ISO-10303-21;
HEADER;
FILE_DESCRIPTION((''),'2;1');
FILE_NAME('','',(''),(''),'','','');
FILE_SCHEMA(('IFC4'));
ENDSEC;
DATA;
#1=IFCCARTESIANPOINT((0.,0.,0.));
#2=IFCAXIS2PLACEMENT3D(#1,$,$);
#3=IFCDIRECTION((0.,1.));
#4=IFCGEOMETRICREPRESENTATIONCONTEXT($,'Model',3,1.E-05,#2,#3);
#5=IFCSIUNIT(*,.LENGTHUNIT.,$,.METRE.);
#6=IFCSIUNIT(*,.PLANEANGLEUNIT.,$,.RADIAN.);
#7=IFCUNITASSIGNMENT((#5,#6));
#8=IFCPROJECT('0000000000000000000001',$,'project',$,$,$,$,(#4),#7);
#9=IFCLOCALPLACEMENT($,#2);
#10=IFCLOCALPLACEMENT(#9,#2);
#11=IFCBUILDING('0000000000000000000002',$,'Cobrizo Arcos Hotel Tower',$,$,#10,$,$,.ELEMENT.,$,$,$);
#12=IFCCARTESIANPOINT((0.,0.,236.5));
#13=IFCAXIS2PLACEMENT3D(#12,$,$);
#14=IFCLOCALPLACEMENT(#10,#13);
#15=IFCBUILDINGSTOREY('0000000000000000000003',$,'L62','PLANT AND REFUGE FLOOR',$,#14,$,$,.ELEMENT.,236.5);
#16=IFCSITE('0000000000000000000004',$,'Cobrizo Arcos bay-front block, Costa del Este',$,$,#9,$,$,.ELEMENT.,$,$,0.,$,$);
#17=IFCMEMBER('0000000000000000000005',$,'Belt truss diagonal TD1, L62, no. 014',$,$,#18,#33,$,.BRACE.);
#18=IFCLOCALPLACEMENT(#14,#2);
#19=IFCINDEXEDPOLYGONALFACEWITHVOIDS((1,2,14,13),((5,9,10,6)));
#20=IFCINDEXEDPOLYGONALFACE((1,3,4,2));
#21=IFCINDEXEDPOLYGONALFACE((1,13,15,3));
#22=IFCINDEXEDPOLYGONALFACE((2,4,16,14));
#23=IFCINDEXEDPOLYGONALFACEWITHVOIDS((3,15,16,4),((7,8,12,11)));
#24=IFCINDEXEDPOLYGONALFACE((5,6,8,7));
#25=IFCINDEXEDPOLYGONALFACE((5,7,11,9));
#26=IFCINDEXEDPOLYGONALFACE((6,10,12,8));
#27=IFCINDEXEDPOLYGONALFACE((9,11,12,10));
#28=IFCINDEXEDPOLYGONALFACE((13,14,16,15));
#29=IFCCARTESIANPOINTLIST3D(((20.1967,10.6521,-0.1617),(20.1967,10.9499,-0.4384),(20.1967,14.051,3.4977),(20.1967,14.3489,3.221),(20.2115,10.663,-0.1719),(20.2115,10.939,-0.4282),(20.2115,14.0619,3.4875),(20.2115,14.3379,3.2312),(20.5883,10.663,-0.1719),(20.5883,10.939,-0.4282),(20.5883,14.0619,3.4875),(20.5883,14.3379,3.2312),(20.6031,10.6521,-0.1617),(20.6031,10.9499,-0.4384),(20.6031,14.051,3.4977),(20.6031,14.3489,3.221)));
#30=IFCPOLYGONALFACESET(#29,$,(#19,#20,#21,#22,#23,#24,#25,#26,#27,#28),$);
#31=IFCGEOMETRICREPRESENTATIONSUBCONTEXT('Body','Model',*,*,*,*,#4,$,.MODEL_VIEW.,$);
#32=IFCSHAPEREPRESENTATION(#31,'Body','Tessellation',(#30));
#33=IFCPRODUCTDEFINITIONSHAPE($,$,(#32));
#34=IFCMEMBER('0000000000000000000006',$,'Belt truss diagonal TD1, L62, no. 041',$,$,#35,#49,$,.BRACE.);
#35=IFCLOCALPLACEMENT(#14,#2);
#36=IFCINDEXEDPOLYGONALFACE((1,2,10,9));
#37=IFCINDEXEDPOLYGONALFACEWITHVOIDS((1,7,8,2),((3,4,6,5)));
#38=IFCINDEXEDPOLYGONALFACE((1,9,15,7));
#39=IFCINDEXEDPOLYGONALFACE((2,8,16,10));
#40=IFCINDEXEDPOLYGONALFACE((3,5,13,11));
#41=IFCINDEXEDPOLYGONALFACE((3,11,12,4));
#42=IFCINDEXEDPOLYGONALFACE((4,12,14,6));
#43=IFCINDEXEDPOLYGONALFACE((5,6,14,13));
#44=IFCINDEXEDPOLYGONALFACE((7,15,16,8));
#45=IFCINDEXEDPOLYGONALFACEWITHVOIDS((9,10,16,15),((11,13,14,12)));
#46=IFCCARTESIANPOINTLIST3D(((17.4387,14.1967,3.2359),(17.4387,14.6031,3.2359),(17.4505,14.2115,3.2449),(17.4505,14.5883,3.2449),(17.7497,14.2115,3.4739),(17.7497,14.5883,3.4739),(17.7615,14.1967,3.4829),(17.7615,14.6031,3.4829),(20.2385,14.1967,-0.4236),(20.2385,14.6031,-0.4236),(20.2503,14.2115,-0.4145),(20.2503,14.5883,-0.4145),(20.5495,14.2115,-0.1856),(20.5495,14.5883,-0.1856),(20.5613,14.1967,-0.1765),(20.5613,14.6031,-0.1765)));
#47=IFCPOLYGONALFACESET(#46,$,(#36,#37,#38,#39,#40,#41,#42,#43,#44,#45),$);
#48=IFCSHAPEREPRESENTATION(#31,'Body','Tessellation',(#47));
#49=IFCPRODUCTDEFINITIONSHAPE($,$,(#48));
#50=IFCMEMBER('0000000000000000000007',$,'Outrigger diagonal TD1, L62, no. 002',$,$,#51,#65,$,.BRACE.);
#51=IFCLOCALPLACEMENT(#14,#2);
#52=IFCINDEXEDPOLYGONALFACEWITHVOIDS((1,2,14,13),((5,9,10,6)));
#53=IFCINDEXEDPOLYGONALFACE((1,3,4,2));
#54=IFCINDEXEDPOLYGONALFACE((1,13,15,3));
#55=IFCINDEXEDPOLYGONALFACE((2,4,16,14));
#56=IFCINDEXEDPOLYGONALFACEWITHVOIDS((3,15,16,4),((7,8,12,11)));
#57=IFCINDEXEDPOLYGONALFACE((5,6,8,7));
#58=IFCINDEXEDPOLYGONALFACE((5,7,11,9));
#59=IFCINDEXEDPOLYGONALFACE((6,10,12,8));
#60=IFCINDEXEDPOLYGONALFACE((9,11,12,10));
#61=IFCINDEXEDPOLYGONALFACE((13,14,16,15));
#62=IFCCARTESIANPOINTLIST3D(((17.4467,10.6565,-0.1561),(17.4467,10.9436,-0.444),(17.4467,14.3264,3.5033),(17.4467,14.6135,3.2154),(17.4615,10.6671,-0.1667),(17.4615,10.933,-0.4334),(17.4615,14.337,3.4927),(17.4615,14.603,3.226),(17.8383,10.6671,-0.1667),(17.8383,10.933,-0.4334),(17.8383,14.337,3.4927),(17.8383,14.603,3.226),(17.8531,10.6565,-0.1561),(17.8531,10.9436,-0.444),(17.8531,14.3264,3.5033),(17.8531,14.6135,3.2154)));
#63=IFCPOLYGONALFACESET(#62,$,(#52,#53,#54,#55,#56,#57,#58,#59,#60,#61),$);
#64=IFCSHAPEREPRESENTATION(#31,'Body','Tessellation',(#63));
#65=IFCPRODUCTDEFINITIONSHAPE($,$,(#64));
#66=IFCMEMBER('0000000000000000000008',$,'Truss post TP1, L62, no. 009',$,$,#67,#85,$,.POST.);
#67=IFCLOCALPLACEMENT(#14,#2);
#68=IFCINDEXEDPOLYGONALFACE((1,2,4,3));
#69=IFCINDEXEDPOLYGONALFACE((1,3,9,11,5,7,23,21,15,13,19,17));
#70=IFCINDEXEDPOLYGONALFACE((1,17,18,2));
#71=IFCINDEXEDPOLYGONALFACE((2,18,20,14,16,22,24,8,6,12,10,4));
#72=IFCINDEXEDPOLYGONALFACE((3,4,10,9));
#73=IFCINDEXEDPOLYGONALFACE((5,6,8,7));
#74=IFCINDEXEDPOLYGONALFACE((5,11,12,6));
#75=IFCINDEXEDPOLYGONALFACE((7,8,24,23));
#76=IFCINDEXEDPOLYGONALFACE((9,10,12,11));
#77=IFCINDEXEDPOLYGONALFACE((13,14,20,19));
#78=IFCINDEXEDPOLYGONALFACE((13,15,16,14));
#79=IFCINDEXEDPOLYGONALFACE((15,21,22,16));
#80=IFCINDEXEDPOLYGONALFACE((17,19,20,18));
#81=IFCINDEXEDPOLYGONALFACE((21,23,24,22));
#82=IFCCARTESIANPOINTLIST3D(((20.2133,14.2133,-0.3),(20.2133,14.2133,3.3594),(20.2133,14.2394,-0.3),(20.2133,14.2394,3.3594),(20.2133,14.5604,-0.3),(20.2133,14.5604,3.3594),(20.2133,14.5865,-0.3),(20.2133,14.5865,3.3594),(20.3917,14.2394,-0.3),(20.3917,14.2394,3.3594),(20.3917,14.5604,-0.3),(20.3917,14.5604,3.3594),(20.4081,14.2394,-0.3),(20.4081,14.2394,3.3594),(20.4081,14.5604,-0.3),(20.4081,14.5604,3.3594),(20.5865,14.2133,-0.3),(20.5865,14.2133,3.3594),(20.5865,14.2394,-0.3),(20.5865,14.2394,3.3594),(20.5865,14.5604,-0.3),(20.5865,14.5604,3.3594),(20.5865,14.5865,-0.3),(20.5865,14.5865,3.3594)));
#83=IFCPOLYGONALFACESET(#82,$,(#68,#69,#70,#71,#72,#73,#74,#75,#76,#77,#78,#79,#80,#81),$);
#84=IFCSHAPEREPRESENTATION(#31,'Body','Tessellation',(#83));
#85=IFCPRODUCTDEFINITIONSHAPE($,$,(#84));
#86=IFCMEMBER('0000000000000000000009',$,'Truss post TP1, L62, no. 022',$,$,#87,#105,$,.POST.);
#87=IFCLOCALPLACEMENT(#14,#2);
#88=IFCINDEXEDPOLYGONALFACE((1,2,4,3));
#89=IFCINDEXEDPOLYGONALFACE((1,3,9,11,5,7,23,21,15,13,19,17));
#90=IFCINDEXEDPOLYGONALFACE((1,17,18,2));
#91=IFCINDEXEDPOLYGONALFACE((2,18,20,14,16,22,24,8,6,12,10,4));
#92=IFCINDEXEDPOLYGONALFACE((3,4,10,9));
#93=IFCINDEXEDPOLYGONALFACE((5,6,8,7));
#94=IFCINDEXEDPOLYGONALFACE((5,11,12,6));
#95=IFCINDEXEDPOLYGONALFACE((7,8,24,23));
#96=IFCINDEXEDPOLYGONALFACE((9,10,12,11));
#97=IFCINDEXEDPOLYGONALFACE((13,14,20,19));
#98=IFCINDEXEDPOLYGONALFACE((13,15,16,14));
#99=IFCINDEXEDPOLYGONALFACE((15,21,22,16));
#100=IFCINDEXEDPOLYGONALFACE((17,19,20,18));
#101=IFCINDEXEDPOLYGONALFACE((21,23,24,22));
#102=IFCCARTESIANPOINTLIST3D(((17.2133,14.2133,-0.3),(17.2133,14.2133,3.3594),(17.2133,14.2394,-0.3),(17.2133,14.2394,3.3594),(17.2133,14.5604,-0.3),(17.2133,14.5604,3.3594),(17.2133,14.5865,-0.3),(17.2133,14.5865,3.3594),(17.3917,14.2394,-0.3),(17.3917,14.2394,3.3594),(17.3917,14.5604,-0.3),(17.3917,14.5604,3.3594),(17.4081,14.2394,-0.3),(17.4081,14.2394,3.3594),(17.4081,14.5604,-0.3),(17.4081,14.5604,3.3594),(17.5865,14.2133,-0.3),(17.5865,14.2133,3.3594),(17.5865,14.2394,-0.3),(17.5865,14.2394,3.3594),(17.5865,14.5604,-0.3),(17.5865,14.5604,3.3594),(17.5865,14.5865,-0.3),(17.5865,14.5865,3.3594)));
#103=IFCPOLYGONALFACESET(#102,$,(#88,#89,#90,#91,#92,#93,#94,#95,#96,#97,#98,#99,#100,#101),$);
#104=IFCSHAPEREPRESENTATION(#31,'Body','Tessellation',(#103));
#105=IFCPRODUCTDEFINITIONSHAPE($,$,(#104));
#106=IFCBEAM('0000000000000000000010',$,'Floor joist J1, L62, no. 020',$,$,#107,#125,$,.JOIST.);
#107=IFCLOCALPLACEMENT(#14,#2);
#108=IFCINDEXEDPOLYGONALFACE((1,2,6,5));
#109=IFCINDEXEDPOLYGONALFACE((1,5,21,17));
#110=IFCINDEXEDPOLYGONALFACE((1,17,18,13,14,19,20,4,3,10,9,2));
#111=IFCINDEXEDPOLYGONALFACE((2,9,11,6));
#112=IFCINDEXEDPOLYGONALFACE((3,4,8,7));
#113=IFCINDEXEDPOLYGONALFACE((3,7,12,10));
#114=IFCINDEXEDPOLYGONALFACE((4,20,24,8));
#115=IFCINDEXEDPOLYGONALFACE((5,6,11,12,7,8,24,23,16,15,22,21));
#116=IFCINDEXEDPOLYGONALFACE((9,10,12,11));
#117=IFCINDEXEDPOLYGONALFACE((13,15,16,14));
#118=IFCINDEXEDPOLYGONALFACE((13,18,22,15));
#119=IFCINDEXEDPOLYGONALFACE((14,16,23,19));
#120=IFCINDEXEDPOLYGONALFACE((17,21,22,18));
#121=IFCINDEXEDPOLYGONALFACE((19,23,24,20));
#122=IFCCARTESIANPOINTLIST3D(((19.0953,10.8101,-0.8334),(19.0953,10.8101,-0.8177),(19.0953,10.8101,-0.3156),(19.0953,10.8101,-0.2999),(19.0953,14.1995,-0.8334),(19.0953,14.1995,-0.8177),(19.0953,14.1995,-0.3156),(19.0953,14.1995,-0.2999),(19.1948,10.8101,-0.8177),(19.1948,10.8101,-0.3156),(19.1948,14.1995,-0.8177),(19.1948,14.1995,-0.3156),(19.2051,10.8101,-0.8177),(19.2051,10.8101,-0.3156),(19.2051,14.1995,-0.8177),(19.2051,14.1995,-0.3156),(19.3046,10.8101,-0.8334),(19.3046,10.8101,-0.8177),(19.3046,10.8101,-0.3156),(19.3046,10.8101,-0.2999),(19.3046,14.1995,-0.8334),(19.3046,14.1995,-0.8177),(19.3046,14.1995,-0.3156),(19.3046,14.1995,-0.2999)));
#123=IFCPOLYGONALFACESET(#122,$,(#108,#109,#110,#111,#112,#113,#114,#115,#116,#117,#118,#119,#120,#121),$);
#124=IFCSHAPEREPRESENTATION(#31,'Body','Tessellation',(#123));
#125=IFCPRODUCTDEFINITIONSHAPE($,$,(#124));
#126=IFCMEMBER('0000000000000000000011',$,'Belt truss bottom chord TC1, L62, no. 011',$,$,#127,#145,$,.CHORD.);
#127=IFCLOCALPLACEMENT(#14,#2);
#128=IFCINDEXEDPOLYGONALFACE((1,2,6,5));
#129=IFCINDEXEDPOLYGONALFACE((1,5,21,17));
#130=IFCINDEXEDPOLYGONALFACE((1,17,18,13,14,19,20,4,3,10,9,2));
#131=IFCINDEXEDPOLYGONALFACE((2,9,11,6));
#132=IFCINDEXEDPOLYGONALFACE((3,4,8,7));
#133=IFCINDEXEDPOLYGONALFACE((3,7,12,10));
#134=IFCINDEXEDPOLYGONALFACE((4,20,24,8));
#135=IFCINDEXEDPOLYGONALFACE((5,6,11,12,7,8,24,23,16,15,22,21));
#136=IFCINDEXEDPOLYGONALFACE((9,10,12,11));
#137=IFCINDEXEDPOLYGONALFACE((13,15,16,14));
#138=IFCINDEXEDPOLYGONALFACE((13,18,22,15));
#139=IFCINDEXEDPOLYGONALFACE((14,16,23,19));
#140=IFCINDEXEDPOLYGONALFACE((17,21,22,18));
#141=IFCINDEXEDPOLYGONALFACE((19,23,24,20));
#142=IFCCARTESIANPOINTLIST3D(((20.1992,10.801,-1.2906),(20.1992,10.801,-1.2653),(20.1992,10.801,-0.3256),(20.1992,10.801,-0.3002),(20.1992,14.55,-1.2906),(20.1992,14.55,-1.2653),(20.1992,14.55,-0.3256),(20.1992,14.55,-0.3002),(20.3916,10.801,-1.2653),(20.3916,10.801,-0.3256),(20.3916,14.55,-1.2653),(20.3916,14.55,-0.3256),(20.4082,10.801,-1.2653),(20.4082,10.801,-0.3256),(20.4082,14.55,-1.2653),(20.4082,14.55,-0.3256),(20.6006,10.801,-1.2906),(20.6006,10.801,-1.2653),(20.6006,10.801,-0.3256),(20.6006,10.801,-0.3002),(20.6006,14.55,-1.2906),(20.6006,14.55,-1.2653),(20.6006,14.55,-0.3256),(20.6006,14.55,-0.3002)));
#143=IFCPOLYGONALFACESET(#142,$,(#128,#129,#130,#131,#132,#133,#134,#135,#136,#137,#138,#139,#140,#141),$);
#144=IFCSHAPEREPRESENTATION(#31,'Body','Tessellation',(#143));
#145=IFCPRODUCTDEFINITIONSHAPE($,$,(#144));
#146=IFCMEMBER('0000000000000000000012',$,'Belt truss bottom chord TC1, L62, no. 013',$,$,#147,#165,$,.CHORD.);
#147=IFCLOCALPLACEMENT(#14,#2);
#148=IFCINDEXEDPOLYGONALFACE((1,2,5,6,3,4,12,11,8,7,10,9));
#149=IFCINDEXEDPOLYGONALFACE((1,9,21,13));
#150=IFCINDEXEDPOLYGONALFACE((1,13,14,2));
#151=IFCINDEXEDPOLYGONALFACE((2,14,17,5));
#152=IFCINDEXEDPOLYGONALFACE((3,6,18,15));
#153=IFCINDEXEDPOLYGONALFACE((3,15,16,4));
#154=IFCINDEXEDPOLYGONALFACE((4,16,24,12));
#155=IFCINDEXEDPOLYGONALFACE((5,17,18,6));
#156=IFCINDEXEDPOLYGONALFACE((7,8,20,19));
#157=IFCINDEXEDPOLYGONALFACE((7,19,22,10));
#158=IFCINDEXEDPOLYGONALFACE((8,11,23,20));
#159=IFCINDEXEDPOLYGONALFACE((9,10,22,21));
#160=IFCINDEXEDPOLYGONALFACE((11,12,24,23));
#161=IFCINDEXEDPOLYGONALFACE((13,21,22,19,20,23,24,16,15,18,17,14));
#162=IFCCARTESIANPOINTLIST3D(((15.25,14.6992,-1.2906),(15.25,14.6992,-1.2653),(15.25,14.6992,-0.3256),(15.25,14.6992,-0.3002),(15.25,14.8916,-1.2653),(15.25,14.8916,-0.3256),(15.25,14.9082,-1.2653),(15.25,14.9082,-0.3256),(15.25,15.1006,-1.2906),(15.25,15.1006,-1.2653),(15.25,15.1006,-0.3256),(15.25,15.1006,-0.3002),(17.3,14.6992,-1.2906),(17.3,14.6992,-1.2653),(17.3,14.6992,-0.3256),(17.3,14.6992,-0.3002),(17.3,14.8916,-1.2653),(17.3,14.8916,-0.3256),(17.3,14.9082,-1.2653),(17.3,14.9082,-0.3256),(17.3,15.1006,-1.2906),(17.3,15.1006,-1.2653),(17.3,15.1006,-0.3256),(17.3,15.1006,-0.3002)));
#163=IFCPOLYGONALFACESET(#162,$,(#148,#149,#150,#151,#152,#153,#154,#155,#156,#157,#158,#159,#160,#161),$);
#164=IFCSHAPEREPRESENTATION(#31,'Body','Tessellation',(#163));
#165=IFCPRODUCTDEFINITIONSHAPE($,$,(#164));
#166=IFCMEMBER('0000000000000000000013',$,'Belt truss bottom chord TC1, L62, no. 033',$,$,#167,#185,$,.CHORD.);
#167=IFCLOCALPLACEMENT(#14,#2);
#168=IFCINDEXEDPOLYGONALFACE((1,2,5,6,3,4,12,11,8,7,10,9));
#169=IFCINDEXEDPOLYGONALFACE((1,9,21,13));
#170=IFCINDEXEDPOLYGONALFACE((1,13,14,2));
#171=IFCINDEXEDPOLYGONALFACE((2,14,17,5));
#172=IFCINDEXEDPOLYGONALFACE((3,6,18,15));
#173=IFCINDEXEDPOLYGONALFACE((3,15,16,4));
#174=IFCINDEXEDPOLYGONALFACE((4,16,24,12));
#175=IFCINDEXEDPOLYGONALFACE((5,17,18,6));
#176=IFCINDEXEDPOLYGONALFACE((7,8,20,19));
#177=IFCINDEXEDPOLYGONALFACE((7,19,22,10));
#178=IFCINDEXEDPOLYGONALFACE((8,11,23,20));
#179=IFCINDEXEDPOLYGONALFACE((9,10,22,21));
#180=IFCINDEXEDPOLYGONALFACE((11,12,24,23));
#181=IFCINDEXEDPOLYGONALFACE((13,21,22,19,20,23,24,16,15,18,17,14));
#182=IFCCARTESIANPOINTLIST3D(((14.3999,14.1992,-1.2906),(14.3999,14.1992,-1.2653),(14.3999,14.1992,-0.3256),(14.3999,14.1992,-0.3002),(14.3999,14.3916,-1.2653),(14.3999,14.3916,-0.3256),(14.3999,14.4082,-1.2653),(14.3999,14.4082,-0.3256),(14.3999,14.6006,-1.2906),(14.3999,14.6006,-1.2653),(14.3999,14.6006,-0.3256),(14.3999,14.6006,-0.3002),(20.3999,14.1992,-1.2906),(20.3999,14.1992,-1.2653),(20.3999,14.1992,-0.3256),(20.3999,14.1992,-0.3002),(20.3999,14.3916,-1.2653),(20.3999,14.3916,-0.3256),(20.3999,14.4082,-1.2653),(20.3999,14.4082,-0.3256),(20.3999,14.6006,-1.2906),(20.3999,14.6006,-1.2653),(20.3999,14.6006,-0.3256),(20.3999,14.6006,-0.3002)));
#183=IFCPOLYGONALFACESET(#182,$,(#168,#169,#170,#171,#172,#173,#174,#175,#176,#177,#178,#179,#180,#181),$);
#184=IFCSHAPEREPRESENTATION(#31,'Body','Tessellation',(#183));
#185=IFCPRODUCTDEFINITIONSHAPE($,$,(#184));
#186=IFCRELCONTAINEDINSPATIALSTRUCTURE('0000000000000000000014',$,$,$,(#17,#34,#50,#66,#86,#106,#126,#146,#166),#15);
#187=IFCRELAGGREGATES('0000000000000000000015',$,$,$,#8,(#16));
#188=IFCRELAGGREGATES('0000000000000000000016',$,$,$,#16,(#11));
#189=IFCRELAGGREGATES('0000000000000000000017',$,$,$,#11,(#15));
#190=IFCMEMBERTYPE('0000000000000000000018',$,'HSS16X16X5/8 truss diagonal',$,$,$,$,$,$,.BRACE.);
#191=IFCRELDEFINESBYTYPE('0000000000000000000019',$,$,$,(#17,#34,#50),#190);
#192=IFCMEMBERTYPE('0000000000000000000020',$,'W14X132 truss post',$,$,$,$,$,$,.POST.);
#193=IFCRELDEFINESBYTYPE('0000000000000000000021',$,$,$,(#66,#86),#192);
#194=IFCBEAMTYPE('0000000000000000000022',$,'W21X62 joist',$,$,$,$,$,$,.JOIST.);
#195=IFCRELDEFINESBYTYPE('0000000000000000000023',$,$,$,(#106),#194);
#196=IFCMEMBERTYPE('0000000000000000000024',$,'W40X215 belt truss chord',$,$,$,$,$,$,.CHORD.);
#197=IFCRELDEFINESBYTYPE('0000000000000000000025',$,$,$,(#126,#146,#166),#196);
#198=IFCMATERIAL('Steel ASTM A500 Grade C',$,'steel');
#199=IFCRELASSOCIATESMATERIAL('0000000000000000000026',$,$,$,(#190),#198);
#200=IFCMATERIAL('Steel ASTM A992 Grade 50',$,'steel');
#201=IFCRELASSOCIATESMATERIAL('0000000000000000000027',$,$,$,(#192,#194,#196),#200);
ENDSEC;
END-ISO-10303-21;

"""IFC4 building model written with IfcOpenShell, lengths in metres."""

from ifc_helpers import new_model, si_unit, direction, frame, origin, origin_2d, place, context, subcontext, project, spatial, hollow_rectangle, i_section, extrude, material, material_profile, profile_set, type_object, element, save


model = new_model("IFC4")

# Units and contexts
model_context = context("Model", 3, precision=1e-05, world=origin(), true_north=direction((0.0, 1.0)))
body_context = subcontext(model_context, "Body", "Model", "MODEL_VIEW")
ifc_project = project(units=[si_unit("LENGTHUNIT", "METRE"), si_unit("PLANEANGLEUNIT", "RADIAN")], contexts=[model_context])

# Site, building, storey
site_placement = place(None, origin())
site = spatial("IfcSite", under=ifc_project, at=site_placement, Name="Cobrizo Arcos bay-front block, Costa del Este", CompositionType="ELEMENT", RefElevation=0.0)
building_placement = place(site_placement, origin())
building = spatial("IfcBuilding", under=site, at=building_placement, Name="Cobrizo Arcos Hotel Tower", CompositionType="ELEMENT")
storey_placement = place(building_placement, frame((0.0, 0.0, 236.5)))
storey = spatial("IfcBuildingStorey", under=building, at=storey_placement, Name="L62", Description="PLANT AND REFUGE FLOOR", CompositionType="ELEMENT", Elevation=236.5)

# Members
ifc_material_1 = material(Name="Steel ASTM A500 Grade C", Category="steel")
ifc_material_profile_1 = material_profile(ifc_material_1, hollow_rectangle(XDim=0.4065, YDim=0.4065, WallThickness=0.0149, at=origin_2d()), Name="HSS16X16X5/8")
ifc_profile_set_1 = profile_set([ifc_material_profile_1], Name="Steel ASTM A500 Grade C")
member_type_1 = type_object("IfcMemberType", Name="HSS16X16X5/8 truss diagonal", PredefinedType="BRACE", material=ifc_profile_set_1)
member_1_placement = place(storey_placement, frame((20.3999, 10.801, -0.3), z_axis=(0.0, 0.680547, 0.732705), x_axis=(-1.0, 0.0, 0.0)))
element("IfcMember", 1, at=member_1_placement, inside=storey, type_object=member_type_1, Name="Belt truss diagonal TD1, L62, no. 014", PredefinedType="BRACE", context=body_context, shape_type="SweptSolid", body=[
    extrude(hollow_rectangle(XDim=0.4065, YDim=0.4065, WallThickness=0.0149, at=origin_2d()), origin(), (0.0, 0.0, 1.0), 4.9944),
])
member_2_placement = place(storey_placement, frame((20.3999, 14.3999, -0.3), z_axis=(-0.607645, 0.0, 0.794209), x_axis=(0.0, -1.0, 0.0)))
element("IfcMember", 2, at=member_2_placement, inside=storey, type_object=member_type_1, Name="Belt truss diagonal TD1, L62, no. 041", PredefinedType="BRACE", context=body_context, shape_type="SweptSolid", body=[
    extrude(hollow_rectangle(XDim=0.4065, YDim=0.4065, WallThickness=0.0149, at=origin_2d()), origin(), (0.0, 0.0, 1.0), 4.6077),
])
member_3_placement = place(storey_placement, frame((17.6499, 10.8, -0.3), z_axis=(0.0, 0.708119, 0.706093), x_axis=(-1.0, 0.0, 0.0)))
element("IfcMember", 3, at=member_3_placement, inside=storey, type_object=member_type_1, Name="Outrigger diagonal TD1, L62, no. 002", PredefinedType="BRACE", context=body_context, shape_type="SweptSolid", body=[
    extrude(hollow_rectangle(XDim=0.4065, YDim=0.4065, WallThickness=0.0149, at=origin_2d()), origin(), (0.0, 0.0, 1.0), 5.1826),
])
ifc_material_2 = material(Name="Steel ASTM A992 Grade 50", Category="steel")
ifc_material_profile_2 = material_profile(ifc_material_2, i_section(OverallWidth=0.3733, OverallDepth=0.3733, WebThickness=0.0164, FlangeThickness=0.0261, at=origin_2d()), Name="W14X132")
ifc_profile_set_2 = profile_set([ifc_material_profile_2], Name="Steel ASTM A992 Grade 50")
member_type_2 = type_object("IfcMemberType", Name="W14X132 truss post", PredefinedType="POST", material=ifc_profile_set_2)
for number, where, z_axis, x_axis, name in (
    (4, (20.3999, 14.3999, -0.3), (0.0, 0.0, 1.0), (1.0, 0.0, 0.0), "Truss post TP1, L62, no. 009"),
    (5, (17.3999, 14.3999, -0.3), (0.0, 0.0, 1.0), (1.0, 0.0, 0.0), "Truss post TP1, L62, no. 022"),
):
    element("IfcMember", number, at=place(storey_placement, frame(where, z_axis=z_axis, x_axis=x_axis)), inside=storey, type_object=member_type_2, Name=name, PredefinedType="POST", context=body_context, shape_type="SweptSolid", body=[
        extrude(i_section(OverallWidth=0.3733, OverallDepth=0.3733, WebThickness=0.0164, FlangeThickness=0.0261, at=origin_2d()), origin(), (0.0, 0.0, 1.0), 3.6594),
    ])

# Beam
ifc_material_profile_3 = material_profile(ifc_material_2, i_section(OverallWidth=0.2092, OverallDepth=0.5334, WebThickness=0.0103, FlangeThickness=0.0156, at=origin_2d()), Name="W21X62")
ifc_profile_set_3 = profile_set([ifc_material_profile_3], Name="Steel ASTM A992 Grade 50")
beam_type = type_object("IfcBeamType", Name="W21X62 joist", PredefinedType="JOIST", material=ifc_profile_set_3)
beam_placement = place(storey_placement, frame((19.2, 10.8101, -0.5667), z_axis=(0.0, 1.0, 0.0), x_axis=(-1.0, 0.0, 0.0)))
element("IfcBeam", 6, at=beam_placement, inside=storey, type_object=beam_type, Name="Floor joist J1, L62, no. 020", PredefinedType="JOIST", context=body_context, shape_type="SweptSolid", body=[
    extrude(i_section(OverallWidth=0.2092, OverallDepth=0.5334, WebThickness=0.0103, FlangeThickness=0.0156, at=origin_2d()), origin(), (0.0, 0.0, 1.0), 3.3894),
])

# Members
ifc_material_profile_4 = material_profile(ifc_material_2, i_section(OverallWidth=0.4014, OverallDepth=0.9905, WebThickness=0.0166, FlangeThickness=0.0254, at=origin_2d()), Name="W40X215")
ifc_profile_set_4 = profile_set([ifc_material_profile_4], Name="Steel ASTM A992 Grade 50")
member_type_3 = type_object("IfcMemberType", Name="W40X215 belt truss chord", PredefinedType="CHORD", material=ifc_profile_set_4)
member_4_placement = place(storey_placement, frame((20.3999, 10.801, -0.7954), z_axis=(0.0, 1.0, 0.0), x_axis=(-1.0, 0.0, 0.0)))
element("IfcMember", 7, at=member_4_placement, inside=storey, type_object=member_type_3, Name="Belt truss bottom chord TC1, L62, no. 011", PredefinedType="CHORD", context=body_context, shape_type="SweptSolid", body=[
    extrude(i_section(OverallWidth=0.4014, OverallDepth=0.9905, WebThickness=0.0166, FlangeThickness=0.0254, at=origin_2d()), origin(), (0.0, 0.0, 1.0), 3.749),
])
member_5_placement = place(storey_placement, frame((17.3, 14.8999, -0.7954), z_axis=(-1.0, 0.0, 0.0), x_axis=(0.0, -1.0, 0.0)))
element("IfcMember", 8, at=member_5_placement, inside=storey, type_object=member_type_3, Name="Belt truss bottom chord TC1, L62, no. 013", PredefinedType="CHORD", context=body_context, shape_type="SweptSolid", body=[
    extrude(i_section(OverallWidth=0.4014, OverallDepth=0.9905, WebThickness=0.0166, FlangeThickness=0.0254, at=origin_2d()), origin(), (0.0, 0.0, 1.0), 2.05),
])
member_6_placement = place(storey_placement, frame((20.3999, 14.3999, -0.7954), z_axis=(-1.0, 0.0, 0.0), x_axis=(0.0, -1.0, 0.0)))
element("IfcMember", 9, at=member_6_placement, inside=storey, type_object=member_type_3, Name="Belt truss bottom chord TC1, L62, no. 033", PredefinedType="CHORD", context=body_context, shape_type="SweptSolid", body=[
    extrude(i_section(OverallWidth=0.4014, OverallDepth=0.9905, WebThickness=0.0166, FlangeThickness=0.0254, at=origin_2d()), origin(), (0.0, 0.0, 1.0), 6.0),
])

save(model, "model.ifc")
